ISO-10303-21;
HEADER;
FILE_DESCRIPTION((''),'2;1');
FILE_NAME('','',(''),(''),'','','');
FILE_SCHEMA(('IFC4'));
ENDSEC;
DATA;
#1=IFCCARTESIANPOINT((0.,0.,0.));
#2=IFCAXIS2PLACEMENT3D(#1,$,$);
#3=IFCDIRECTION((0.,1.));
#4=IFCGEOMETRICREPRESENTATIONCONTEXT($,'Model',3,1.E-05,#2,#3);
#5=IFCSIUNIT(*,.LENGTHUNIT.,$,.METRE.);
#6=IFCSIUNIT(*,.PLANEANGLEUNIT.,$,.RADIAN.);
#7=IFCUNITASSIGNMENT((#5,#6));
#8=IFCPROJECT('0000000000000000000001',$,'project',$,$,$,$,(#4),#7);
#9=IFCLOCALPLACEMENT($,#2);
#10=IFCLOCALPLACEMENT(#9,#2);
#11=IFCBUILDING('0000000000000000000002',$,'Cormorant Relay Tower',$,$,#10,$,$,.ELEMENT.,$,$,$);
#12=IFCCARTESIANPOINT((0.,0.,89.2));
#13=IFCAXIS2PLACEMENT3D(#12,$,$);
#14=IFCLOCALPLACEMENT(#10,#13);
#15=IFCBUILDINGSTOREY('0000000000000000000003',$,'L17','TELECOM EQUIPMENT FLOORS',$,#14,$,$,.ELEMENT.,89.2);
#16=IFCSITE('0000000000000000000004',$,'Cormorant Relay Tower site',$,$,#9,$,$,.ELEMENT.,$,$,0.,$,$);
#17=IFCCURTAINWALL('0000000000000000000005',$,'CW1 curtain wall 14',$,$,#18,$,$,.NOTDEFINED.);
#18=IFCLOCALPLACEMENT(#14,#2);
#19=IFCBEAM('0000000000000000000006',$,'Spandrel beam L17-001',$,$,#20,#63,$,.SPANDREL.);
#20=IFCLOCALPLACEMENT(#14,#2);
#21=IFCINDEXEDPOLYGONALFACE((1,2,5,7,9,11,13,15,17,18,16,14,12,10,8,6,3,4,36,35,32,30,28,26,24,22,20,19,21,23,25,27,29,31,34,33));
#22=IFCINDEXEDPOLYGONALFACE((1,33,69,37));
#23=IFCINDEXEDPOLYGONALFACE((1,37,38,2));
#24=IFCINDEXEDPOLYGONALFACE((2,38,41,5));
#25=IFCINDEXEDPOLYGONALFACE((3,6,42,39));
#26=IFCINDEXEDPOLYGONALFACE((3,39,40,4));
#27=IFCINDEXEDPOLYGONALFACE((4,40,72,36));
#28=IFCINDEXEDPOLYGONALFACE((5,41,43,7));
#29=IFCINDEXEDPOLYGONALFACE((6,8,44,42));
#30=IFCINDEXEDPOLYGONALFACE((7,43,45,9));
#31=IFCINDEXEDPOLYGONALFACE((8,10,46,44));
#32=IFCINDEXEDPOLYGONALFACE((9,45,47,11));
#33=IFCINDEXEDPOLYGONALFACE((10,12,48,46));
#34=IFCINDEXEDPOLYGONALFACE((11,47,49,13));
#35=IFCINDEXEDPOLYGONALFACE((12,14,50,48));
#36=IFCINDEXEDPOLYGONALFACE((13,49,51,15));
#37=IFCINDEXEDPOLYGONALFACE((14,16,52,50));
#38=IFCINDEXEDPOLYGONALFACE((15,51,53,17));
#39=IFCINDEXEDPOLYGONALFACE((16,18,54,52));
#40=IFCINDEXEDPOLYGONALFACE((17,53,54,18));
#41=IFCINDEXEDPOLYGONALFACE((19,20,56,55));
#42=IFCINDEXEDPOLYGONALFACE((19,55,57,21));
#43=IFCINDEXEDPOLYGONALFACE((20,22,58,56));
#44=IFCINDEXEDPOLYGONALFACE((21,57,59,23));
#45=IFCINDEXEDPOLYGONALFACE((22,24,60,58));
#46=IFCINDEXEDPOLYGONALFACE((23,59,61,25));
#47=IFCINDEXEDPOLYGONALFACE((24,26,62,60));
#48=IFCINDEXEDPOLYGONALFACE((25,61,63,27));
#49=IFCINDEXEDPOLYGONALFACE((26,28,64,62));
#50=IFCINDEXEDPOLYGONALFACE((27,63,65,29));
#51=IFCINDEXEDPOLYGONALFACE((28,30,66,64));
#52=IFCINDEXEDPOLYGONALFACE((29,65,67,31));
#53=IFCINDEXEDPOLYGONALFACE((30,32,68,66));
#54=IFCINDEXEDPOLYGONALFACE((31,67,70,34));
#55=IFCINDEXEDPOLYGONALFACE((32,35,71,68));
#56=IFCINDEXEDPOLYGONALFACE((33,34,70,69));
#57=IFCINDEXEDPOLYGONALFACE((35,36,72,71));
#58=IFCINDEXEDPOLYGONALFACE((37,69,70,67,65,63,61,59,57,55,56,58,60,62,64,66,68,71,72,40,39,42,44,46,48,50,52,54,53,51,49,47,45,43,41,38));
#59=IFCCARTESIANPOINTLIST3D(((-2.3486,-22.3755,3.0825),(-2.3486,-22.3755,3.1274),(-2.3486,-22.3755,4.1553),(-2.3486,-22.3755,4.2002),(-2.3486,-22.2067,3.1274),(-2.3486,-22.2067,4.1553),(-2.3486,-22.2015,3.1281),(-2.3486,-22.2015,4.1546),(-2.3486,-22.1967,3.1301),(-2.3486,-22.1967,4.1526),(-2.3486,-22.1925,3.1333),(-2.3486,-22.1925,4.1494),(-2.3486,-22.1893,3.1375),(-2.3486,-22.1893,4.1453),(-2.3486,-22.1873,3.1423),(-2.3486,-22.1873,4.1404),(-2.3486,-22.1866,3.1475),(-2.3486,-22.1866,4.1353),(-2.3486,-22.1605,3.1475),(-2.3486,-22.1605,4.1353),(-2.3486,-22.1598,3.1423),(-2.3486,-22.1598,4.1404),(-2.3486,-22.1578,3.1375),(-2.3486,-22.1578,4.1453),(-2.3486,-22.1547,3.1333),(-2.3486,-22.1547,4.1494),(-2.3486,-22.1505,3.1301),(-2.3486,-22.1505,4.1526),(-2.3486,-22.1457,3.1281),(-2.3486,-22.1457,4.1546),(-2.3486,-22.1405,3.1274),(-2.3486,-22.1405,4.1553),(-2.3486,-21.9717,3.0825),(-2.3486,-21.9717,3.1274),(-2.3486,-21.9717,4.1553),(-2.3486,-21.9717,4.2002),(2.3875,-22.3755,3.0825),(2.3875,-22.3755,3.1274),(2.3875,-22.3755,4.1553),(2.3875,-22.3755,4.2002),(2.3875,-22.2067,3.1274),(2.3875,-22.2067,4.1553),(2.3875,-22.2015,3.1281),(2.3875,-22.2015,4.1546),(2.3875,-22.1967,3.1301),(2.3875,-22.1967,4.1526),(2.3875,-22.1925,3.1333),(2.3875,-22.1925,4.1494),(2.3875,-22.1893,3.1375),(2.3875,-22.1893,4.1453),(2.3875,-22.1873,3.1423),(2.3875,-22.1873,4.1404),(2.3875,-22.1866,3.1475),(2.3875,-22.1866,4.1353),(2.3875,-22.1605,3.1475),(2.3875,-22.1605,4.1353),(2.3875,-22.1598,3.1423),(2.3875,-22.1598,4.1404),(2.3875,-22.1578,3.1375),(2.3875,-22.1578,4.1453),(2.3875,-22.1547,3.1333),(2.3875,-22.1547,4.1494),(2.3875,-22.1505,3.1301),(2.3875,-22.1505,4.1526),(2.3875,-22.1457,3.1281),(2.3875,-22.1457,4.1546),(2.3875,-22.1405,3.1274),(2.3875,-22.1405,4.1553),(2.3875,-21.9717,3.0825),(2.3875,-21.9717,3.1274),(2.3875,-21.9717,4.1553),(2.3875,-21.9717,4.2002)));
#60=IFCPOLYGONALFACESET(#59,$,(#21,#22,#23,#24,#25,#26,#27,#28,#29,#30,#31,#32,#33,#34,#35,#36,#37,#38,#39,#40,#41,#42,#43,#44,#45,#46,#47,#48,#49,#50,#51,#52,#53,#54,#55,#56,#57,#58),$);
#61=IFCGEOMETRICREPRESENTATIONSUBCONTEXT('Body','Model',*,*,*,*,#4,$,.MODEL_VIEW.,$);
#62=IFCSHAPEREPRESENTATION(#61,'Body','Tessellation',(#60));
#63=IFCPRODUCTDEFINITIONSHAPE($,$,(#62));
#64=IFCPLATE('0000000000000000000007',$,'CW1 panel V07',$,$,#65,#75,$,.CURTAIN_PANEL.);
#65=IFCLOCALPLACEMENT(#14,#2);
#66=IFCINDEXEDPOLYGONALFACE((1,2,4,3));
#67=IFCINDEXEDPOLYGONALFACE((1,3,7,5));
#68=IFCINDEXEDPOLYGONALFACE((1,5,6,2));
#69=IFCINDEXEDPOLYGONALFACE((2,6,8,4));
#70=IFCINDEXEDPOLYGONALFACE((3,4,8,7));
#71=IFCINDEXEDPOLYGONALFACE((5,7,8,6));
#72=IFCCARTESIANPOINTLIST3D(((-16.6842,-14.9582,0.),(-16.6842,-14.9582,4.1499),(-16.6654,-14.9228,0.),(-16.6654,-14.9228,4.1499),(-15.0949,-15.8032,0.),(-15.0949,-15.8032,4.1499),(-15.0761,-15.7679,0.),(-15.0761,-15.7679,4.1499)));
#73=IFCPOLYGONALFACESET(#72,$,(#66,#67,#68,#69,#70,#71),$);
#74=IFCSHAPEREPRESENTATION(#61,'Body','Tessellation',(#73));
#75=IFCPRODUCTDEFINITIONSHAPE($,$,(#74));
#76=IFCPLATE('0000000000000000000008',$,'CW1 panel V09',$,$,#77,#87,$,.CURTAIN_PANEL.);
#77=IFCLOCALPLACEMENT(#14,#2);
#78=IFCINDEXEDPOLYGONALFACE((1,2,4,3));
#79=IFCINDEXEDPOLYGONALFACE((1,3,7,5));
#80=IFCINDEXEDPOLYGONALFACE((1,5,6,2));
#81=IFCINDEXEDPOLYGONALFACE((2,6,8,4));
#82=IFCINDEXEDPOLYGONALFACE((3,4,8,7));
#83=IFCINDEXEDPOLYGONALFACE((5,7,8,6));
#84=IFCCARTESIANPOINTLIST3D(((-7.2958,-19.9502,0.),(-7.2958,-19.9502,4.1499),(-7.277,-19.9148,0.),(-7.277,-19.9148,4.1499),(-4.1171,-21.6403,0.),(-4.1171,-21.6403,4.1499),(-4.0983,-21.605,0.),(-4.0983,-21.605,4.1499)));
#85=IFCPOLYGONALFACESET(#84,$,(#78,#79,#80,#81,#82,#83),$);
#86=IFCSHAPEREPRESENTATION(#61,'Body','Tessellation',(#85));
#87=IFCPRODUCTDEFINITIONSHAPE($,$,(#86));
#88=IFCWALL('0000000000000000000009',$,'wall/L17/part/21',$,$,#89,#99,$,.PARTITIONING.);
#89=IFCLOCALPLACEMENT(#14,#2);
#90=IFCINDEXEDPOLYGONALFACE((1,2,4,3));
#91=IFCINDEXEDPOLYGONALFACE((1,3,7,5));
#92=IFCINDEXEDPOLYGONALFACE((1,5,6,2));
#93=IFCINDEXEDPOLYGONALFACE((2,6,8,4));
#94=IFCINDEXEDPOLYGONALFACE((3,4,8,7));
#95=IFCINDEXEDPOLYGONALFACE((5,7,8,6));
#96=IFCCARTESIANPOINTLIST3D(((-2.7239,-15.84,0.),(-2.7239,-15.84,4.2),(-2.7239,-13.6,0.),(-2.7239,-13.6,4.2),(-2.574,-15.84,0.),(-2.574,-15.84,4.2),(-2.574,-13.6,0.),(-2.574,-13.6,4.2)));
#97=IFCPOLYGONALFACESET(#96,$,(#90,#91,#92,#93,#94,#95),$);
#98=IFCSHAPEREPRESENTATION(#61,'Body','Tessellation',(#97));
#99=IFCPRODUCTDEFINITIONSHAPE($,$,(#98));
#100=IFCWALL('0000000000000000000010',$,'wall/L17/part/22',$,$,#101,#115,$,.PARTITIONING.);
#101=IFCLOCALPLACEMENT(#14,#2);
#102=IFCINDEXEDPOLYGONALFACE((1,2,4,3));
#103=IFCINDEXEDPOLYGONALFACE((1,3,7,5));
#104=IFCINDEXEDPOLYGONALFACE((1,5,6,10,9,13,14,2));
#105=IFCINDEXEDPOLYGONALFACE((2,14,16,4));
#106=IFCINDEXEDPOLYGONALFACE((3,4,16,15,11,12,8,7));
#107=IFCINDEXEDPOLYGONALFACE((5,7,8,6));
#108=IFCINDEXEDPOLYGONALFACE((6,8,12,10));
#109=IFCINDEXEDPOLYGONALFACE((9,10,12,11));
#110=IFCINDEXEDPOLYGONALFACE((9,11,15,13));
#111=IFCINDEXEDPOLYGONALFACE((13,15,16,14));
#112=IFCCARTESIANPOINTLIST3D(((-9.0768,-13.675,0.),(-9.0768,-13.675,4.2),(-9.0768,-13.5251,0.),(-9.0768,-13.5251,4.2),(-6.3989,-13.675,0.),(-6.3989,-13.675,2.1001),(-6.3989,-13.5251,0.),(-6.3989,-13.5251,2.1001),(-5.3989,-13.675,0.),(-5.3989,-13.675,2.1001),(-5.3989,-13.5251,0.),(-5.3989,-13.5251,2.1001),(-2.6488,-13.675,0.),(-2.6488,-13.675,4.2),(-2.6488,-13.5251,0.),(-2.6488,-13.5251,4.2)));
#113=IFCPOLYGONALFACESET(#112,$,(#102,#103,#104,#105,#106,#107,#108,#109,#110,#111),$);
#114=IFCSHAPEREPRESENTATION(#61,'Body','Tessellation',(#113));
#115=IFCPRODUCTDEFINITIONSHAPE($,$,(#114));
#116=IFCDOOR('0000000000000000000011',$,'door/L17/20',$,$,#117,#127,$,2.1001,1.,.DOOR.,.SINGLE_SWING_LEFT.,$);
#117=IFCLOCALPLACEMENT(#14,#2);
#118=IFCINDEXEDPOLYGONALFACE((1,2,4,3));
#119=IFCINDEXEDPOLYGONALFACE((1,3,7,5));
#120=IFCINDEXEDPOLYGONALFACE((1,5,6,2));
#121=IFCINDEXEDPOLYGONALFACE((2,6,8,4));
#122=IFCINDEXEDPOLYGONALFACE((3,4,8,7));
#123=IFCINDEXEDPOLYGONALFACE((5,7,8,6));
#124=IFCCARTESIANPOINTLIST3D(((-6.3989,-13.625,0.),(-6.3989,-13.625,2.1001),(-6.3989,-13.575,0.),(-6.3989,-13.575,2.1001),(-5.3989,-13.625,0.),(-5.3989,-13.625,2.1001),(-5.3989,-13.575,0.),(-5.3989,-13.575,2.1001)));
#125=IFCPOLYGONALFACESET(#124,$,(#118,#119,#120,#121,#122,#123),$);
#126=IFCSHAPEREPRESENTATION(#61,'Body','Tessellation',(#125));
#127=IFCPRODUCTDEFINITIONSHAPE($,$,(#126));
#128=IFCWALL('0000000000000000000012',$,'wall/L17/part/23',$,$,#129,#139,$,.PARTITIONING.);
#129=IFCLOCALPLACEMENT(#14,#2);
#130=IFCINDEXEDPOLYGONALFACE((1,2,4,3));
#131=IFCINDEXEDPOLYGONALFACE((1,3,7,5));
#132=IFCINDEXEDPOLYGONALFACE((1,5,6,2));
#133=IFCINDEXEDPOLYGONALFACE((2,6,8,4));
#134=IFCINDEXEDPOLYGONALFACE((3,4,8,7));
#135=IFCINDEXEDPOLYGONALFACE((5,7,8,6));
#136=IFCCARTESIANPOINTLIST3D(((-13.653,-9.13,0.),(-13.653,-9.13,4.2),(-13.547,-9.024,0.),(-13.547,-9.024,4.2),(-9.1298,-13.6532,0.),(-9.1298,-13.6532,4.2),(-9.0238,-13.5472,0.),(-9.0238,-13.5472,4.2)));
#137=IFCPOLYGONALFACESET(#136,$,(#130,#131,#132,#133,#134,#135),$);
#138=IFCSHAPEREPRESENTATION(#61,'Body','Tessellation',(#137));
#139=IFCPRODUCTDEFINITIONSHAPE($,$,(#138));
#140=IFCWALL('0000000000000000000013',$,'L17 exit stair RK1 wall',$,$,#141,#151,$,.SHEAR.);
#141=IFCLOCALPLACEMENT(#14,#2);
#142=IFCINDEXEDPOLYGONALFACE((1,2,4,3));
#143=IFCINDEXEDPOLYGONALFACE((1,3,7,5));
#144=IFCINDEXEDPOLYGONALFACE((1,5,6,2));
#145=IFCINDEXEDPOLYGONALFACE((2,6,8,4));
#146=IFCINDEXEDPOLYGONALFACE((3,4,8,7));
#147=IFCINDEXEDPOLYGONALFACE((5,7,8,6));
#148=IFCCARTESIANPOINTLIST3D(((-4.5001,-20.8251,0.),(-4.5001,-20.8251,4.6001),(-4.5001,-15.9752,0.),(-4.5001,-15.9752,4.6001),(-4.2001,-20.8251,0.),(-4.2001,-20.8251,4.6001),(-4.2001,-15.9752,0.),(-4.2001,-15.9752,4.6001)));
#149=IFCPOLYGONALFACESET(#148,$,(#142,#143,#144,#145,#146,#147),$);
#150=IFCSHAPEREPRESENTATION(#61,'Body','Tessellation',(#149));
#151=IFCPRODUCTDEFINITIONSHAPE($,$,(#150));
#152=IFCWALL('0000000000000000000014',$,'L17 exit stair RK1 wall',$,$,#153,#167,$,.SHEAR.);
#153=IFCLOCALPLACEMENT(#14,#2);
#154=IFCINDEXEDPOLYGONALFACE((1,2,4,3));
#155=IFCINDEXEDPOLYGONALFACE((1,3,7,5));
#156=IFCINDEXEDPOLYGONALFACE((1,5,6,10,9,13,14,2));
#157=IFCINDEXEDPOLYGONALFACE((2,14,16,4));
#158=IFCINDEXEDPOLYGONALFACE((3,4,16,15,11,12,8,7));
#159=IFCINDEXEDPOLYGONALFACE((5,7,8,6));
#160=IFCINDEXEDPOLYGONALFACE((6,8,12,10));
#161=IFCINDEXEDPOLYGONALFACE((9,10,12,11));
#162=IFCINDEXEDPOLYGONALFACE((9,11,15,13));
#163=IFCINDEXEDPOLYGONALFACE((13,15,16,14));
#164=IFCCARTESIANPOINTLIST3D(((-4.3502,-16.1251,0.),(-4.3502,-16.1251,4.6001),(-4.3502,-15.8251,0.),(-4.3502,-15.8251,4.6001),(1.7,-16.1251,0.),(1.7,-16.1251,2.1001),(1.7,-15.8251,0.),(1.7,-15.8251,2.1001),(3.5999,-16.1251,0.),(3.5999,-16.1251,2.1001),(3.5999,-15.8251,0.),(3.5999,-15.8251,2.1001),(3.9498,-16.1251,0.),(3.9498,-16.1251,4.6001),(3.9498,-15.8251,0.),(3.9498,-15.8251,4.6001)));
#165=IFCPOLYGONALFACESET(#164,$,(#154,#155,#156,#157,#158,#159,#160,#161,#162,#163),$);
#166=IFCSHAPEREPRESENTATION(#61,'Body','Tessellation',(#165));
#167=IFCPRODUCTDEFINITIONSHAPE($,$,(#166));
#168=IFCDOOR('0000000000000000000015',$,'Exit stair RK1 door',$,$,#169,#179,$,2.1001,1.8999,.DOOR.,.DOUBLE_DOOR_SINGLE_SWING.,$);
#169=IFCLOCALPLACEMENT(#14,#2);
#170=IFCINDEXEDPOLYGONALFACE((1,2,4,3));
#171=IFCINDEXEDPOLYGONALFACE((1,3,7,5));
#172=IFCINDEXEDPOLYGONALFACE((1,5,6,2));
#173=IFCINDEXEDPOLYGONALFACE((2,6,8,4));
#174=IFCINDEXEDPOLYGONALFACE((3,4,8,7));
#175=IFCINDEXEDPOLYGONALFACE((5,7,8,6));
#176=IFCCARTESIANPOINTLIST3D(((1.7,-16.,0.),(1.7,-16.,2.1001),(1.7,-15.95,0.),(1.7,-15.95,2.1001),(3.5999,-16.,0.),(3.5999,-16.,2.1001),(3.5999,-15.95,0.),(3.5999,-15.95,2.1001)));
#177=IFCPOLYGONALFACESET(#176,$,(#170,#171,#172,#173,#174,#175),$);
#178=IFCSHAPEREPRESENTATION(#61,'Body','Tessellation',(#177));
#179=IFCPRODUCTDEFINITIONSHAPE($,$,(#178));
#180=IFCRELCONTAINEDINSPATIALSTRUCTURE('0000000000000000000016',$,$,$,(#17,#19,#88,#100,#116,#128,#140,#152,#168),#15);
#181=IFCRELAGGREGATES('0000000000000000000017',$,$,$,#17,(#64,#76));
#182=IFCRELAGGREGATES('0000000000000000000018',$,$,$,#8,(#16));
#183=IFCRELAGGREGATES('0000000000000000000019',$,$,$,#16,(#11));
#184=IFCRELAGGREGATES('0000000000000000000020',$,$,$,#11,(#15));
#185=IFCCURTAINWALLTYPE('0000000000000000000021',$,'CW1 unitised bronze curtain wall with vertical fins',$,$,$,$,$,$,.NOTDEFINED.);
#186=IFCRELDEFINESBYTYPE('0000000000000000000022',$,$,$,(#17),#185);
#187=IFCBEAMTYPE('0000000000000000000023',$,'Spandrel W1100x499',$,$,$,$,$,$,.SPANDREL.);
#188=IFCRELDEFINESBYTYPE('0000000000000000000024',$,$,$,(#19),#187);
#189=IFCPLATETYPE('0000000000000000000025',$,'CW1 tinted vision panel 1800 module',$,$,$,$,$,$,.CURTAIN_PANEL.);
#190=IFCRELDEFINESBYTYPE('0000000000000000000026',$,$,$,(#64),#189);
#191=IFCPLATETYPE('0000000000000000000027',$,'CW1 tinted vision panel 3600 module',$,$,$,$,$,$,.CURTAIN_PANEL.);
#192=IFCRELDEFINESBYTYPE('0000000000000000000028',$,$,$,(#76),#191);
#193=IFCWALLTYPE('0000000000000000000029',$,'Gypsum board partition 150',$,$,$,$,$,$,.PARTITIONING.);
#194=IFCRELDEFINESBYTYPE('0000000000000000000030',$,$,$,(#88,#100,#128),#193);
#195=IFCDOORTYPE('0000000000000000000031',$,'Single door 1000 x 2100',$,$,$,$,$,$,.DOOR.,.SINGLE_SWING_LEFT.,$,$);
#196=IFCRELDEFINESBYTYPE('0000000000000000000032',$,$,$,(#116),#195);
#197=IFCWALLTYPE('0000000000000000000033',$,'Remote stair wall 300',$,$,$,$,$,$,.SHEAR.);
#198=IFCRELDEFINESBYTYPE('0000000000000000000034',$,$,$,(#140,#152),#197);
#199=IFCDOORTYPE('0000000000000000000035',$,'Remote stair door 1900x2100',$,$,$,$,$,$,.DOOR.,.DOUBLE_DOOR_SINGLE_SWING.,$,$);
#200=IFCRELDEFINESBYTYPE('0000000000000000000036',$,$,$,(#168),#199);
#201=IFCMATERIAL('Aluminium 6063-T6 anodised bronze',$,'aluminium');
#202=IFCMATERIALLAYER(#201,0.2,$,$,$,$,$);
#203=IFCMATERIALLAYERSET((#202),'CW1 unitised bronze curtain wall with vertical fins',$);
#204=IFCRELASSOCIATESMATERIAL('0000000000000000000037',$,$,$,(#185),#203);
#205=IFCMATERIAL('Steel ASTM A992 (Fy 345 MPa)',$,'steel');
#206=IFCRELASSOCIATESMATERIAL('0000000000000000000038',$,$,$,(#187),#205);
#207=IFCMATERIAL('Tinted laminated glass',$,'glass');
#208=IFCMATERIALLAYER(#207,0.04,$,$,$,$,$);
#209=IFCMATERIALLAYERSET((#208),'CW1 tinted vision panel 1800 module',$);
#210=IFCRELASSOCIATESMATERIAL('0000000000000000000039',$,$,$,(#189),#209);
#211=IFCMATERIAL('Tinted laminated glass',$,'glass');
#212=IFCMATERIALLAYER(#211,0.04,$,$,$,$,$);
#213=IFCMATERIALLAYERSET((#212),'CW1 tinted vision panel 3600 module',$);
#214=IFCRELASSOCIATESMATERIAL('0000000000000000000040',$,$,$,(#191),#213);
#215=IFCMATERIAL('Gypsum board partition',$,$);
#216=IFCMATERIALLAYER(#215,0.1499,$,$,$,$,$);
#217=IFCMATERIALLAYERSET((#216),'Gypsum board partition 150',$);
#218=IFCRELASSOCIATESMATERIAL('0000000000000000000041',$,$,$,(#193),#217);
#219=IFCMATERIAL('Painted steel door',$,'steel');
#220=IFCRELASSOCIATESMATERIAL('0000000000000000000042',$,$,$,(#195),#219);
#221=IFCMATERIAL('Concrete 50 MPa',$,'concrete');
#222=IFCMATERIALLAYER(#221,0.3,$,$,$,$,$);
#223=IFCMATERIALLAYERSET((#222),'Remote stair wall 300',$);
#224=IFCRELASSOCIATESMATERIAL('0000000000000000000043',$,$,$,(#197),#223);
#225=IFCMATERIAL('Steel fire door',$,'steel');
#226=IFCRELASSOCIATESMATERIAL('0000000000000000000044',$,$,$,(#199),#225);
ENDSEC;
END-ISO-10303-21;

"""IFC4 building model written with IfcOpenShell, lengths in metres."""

from ifc_helpers import new_model, si_unit, direction, frame, frame_2d, origin, origin_2d, place, context, subcontext, project, spatial, rectangle, i_section, extrude, material, layer, layer_set, material_profile, profile_set, type_object, element, fill, aggregate, save


model = new_model("IFC4")

# Units and contexts
model_context = context("Model", 3, precision=1e-05, world=origin(), true_north=direction((0.0, 1.0)))
body_context = subcontext(model_context, "Body", "Model", "MODEL_VIEW")
ifc_project = project(units=[si_unit("LENGTHUNIT", "METRE"), si_unit("PLANEANGLEUNIT", "RADIAN")], contexts=[model_context])

# Site, building, storey
site_placement = place(None, origin())
site = spatial("IfcSite", under=ifc_project, at=site_placement, Name="Cormorant Relay Tower site", CompositionType="ELEMENT", RefElevation=0.0)
building_placement = place(site_placement, origin())
building = spatial("IfcBuilding", under=site, at=building_placement, Name="Cormorant Relay Tower", CompositionType="ELEMENT")
storey_placement = place(building_placement, frame((0.0, 0.0, 89.2)))
storey = spatial("IfcBuildingStorey", under=building, at=storey_placement, Name="L17", Description="TELECOM EQUIPMENT FLOORS", CompositionType="ELEMENT", Elevation=89.2)

# Shared definitions
ifc_material_1 = material(Name="Aluminium 6063-T6 anodised bronze", Category="aluminium")
ifc_layer_1 = layer(ifc_material_1, 0.2)
ifc_layer_set_1 = layer_set([ifc_layer_1], Name="CW1 unitised bronze curtain wall with vertical fins")
curtain_wall_type = type_object("IfcCurtainWallType", Name="CW1 unitised bronze curtain wall with vertical fins", PredefinedType="NOTDEFINED", material=ifc_layer_set_1)

# Curtain wall
curtain_wall_1_placement = place(storey_placement, origin())
curtain_wall_1 = element("IfcCurtainWall", 1, at=curtain_wall_1_placement, inside=storey, type_object=curtain_wall_type, Name="CW1 curtain wall 14", PredefinedType="NOTDEFINED")

# Beam
ifc_material_2 = material(Name="Steel ASTM A992 (Fy 345 MPa)", Category="steel")
ifc_material_profile_1 = material_profile(ifc_material_2, i_section(OverallWidth=0.4038, OverallDepth=1.1177, WebThickness=0.0261, FlangeThickness=0.0449, FilletRadius=0.02, at=origin_2d()), Name="W1100x499")
ifc_profile_set_1 = profile_set([ifc_material_profile_1], Name="Steel ASTM A992 (Fy 345 MPa)")
beam_type = type_object("IfcBeamType", Name="Spandrel W1100x499", PredefinedType="SPANDREL", material=ifc_profile_set_1)
beam_placement = place(storey_placement, frame((-2.3486, -22.1736, 3.6414), z_axis=(1.0, 0.0, 0.0), x_axis=(0.0, 1.0, 0.0)))
element("IfcBeam", 2, at=beam_placement, inside=storey, type_object=beam_type, Name="Spandrel beam L17-001", PredefinedType="SPANDREL", context=body_context, shape_type="SweptSolid", body=[
    extrude(i_section(OverallWidth=0.4038, OverallDepth=1.1177, WebThickness=0.0261, FlangeThickness=0.0449, FilletRadius=0.02, at=origin_2d()), origin(), (0.0, 0.0, 1.0), 4.7361),
])

# Plates
ifc_material_3 = material(Name="Tinted laminated glass", Category="glass")
ifc_layer_2 = layer(ifc_material_3, 0.04)
ifc_layer_set_2 = layer_set([ifc_layer_2], Name="CW1 tinted vision panel 1800 module")
plate_type_1 = type_object("IfcPlateType", Name="CW1 tinted vision panel 1800 module", PredefinedType="CURTAIN_PANEL", material=ifc_layer_set_2)
plate_1_placement = place(storey_placement, frame((-15.8801, -15.363, 0.0), z_axis=(0.0, 0.0, 1.0), x_axis=(0.882948, -0.469472, 0.0)))
plate_1 = element("IfcPlate", 3, at=plate_1_placement, type_object=plate_type_1, Name="CW1 panel V07", PredefinedType="CURTAIN_PANEL", context=body_context, shape_type="SweptSolid", body=[
    extrude(rectangle(XDim=1.8, YDim=0.04, at=origin_2d()), origin(), (0.0, 0.0, 1.0), 4.1499),
])
ifc_material_4 = material(Name="Tinted laminated glass", Category="glass")
ifc_layer_3 = layer(ifc_material_4, 0.04)
ifc_layer_set_3 = layer_set([ifc_layer_3], Name="CW1 tinted vision panel 3600 module")
plate_type_2 = type_object("IfcPlateType", Name="CW1 tinted vision panel 3600 module", PredefinedType="CURTAIN_PANEL", material=ifc_layer_set_3)
plate_2_placement = place(storey_placement, frame((-5.697, -20.7776, 0.0), z_axis=(0.0, 0.0, 1.0), x_axis=(0.882948, -0.469472, 0.0)))
plate_2 = element("IfcPlate", 4, at=plate_2_placement, type_object=plate_type_2, Name="CW1 panel V09", PredefinedType="CURTAIN_PANEL", context=body_context, shape_type="SweptSolid", body=[
    extrude(rectangle(XDim=3.6001, YDim=0.04, at=origin_2d()), origin(), (0.0, 0.0, 1.0), 4.1499),
])

# Wall
ifc_material_5 = material(Name="Gypsum board partition")
ifc_layer_4 = layer(ifc_material_5, 0.1499)
ifc_layer_set_4 = layer_set([ifc_layer_4], Name="Gypsum board partition 150")
wall_type_1 = type_object("IfcWallType", Name="Gypsum board partition 150", PredefinedType="PARTITIONING", material=ifc_layer_set_4)
wall_1_placement = place(storey_placement, frame((-2.6489, -15.8401, 0.0), z_axis=(0.0, 0.0, 1.0), x_axis=(0.0, 1.0, 0.0)))
element("IfcWall", 5, at=wall_1_placement, inside=storey, type_object=wall_type_1, Name="wall/L17/part/21", PredefinedType="PARTITIONING", context=body_context, shape_type="SweptSolid", body=[
    extrude(rectangle(XDim=2.24, YDim=0.1499, at=frame_2d((1.1201, 0.0))), origin(), (0.0, 0.0, 1.0), 4.2),
])

# Wall, opening, door
wall_2_placement = place(storey_placement, frame((-2.6489, -13.6001, 0.0), z_axis=(0.0, 0.0, 1.0), x_axis=(-1.0, 0.0, 0.0)))
wall_2 = element("IfcWall", 6, at=wall_2_placement, inside=storey, type_object=wall_type_1, Name="wall/L17/part/22", PredefinedType="PARTITIONING", context=body_context, shape_type="SweptSolid", body=[
    extrude(rectangle(XDim=6.428, YDim=0.1499, at=frame_2d((3.2139, 0.0))), origin(), (0.0, 0.0, 1.0), 4.2),
])
opening_1_placement = place(wall_2_placement, frame((2.75, 0.0, 0.0)))
opening_1 = element("IfcOpeningElement", 7, at=opening_1_placement, cuts=wall_2, PredefinedType="OPENING", context=body_context, shape_type="SweptSolid", body=[
    extrude(rectangle(XDim=1.0, YDim=2.1001, at=frame_2d((0.5, 1.05))), frame((0.0, 0.085, 0.0), z_axis=(0.0, -1.0, 0.0), x_axis=(1.0, 0.0, 0.0)), (0.0, 0.0, 1.0), 0.1699),
])
ifc_material_6 = material(Name="Painted steel door", Category="steel")
door_type_1 = type_object("IfcDoorType", Name="Single door 1000 x 2100", OperationType="SINGLE_SWING_LEFT", PredefinedType="DOOR", material=ifc_material_6)
door_1_placement = place(opening_1_placement, origin())
door_1 = element("IfcDoor", 8, at=door_1_placement, inside=storey, type_object=door_type_1, Name="door/L17/20", OperationType="SINGLE_SWING_LEFT", OverallHeight=2.1001, OverallWidth=1.0, PredefinedType="DOOR", context=body_context, shape_type="SweptSolid", body=[
    extrude(rectangle(XDim=1.0, YDim=2.1001, at=frame_2d((0.5, 1.05))), frame((0.0, 0.0249, 0.0), z_axis=(0.0, -1.0, 0.0), x_axis=(1.0, 0.0, 0.0)), (0.0, 0.0, 1.0), 0.05),
])
fill(opening_1, door_1)

# Walls
wall_3_placement = place(storey_placement, frame((-9.0769, -13.6001, 0.0), z_axis=(0.0, 0.0, 1.0), x_axis=(-0.707107, 0.707107, 0.0)))
element("IfcWall", 9, at=wall_3_placement, inside=storey, type_object=wall_type_1, Name="wall/L17/part/23", PredefinedType="PARTITIONING", context=body_context, shape_type="SweptSolid", body=[
    extrude(rectangle(XDim=6.3967, YDim=0.1499, at=frame_2d((3.1982, 0.0))), origin(), (0.0, 0.0, 1.0), 4.2),
])
ifc_material_7 = material(Name="Concrete 50 MPa", Category="concrete")
ifc_layer_5 = layer(ifc_material_7, 0.3)
ifc_layer_set_5 = layer_set([ifc_layer_5], Name="Remote stair wall 300")
wall_type_2 = type_object("IfcWallType", Name="Remote stair wall 300", PredefinedType="SHEAR", material=ifc_layer_set_5)
wall_4_placement = place(storey_placement, frame((-4.3501, -20.825, 0.0), z_axis=(0.0, 0.0, 1.0), x_axis=(0.0, 1.0, 0.0)))
element("IfcWall", 10, at=wall_4_placement, inside=storey, type_object=wall_type_2, Name="L17 exit stair RK1 wall", PredefinedType="SHEAR", context=body_context, shape_type="SweptSolid", body=[
    extrude(rectangle(XDim=4.8499, YDim=0.3, at=frame_2d((2.4248, 0.0))), origin(), (0.0, 0.0, 1.0), 4.6001),
])

# Wall, opening, door
wall_5_placement = place(storey_placement, frame((-4.3501, -15.9751, 0.0), z_axis=(0.0, 0.0, 1.0), x_axis=(1.0, 0.0, 0.0)))
wall_5 = element("IfcWall", 11, at=wall_5_placement, inside=storey, type_object=wall_type_2, Name="L17 exit stair RK1 wall", PredefinedType="SHEAR", context=body_context, shape_type="SweptSolid", body=[
    extrude(rectangle(XDim=8.3, YDim=0.3, at=frame_2d((4.1499, 0.0))), origin(), (0.0, 0.0, 1.0), 4.6001),
])
opening_2_placement = place(wall_5_placement, frame((6.05, 0.0, 0.0)))
opening_2 = element("IfcOpeningElement", 12, at=opening_2_placement, cuts=wall_5, PredefinedType="OPENING", context=body_context, shape_type="SweptSolid", body=[
    extrude(rectangle(XDim=1.8999, YDim=2.1001, at=frame_2d((0.95, 1.05))), frame((0.0, 0.1599, 0.0), z_axis=(0.0, -1.0, 0.0), x_axis=(1.0, 0.0, 0.0)), (0.0, 0.0, 1.0), 0.3201),
])
ifc_material_8 = material(Name="Steel fire door", Category="steel")
door_type_2 = type_object("IfcDoorType", Name="Remote stair door 1900x2100", OperationType="DOUBLE_DOOR_SINGLE_SWING", PredefinedType="DOOR", material=ifc_material_8)
door_2_placement = place(opening_2_placement, frame((1.8999, 0.0, 0.0), z_axis=(0.0, 0.0, 1.0), x_axis=(-1.0, 0.0, 0.0)))
door_2 = element("IfcDoor", 13, at=door_2_placement, inside=storey, type_object=door_type_2, Name="Exit stair RK1 door", OperationType="DOUBLE_DOOR_SINGLE_SWING", OverallHeight=2.1001, OverallWidth=1.8999, PredefinedType="DOOR", context=body_context, shape_type="SweptSolid", body=[
    extrude(rectangle(XDim=1.8999, YDim=2.1001, at=frame_2d((0.95, 1.05))), frame((0.0, 0.0249, 0.0), z_axis=(0.0, -1.0, 0.0), x_axis=(1.0, 0.0, 0.0)), (0.0, 0.0, 1.0), 0.05),
])
fill(opening_2, door_2)

aggregate(curtain_wall_1, [plate_1, plate_2])

save(model, "model.ifc")
